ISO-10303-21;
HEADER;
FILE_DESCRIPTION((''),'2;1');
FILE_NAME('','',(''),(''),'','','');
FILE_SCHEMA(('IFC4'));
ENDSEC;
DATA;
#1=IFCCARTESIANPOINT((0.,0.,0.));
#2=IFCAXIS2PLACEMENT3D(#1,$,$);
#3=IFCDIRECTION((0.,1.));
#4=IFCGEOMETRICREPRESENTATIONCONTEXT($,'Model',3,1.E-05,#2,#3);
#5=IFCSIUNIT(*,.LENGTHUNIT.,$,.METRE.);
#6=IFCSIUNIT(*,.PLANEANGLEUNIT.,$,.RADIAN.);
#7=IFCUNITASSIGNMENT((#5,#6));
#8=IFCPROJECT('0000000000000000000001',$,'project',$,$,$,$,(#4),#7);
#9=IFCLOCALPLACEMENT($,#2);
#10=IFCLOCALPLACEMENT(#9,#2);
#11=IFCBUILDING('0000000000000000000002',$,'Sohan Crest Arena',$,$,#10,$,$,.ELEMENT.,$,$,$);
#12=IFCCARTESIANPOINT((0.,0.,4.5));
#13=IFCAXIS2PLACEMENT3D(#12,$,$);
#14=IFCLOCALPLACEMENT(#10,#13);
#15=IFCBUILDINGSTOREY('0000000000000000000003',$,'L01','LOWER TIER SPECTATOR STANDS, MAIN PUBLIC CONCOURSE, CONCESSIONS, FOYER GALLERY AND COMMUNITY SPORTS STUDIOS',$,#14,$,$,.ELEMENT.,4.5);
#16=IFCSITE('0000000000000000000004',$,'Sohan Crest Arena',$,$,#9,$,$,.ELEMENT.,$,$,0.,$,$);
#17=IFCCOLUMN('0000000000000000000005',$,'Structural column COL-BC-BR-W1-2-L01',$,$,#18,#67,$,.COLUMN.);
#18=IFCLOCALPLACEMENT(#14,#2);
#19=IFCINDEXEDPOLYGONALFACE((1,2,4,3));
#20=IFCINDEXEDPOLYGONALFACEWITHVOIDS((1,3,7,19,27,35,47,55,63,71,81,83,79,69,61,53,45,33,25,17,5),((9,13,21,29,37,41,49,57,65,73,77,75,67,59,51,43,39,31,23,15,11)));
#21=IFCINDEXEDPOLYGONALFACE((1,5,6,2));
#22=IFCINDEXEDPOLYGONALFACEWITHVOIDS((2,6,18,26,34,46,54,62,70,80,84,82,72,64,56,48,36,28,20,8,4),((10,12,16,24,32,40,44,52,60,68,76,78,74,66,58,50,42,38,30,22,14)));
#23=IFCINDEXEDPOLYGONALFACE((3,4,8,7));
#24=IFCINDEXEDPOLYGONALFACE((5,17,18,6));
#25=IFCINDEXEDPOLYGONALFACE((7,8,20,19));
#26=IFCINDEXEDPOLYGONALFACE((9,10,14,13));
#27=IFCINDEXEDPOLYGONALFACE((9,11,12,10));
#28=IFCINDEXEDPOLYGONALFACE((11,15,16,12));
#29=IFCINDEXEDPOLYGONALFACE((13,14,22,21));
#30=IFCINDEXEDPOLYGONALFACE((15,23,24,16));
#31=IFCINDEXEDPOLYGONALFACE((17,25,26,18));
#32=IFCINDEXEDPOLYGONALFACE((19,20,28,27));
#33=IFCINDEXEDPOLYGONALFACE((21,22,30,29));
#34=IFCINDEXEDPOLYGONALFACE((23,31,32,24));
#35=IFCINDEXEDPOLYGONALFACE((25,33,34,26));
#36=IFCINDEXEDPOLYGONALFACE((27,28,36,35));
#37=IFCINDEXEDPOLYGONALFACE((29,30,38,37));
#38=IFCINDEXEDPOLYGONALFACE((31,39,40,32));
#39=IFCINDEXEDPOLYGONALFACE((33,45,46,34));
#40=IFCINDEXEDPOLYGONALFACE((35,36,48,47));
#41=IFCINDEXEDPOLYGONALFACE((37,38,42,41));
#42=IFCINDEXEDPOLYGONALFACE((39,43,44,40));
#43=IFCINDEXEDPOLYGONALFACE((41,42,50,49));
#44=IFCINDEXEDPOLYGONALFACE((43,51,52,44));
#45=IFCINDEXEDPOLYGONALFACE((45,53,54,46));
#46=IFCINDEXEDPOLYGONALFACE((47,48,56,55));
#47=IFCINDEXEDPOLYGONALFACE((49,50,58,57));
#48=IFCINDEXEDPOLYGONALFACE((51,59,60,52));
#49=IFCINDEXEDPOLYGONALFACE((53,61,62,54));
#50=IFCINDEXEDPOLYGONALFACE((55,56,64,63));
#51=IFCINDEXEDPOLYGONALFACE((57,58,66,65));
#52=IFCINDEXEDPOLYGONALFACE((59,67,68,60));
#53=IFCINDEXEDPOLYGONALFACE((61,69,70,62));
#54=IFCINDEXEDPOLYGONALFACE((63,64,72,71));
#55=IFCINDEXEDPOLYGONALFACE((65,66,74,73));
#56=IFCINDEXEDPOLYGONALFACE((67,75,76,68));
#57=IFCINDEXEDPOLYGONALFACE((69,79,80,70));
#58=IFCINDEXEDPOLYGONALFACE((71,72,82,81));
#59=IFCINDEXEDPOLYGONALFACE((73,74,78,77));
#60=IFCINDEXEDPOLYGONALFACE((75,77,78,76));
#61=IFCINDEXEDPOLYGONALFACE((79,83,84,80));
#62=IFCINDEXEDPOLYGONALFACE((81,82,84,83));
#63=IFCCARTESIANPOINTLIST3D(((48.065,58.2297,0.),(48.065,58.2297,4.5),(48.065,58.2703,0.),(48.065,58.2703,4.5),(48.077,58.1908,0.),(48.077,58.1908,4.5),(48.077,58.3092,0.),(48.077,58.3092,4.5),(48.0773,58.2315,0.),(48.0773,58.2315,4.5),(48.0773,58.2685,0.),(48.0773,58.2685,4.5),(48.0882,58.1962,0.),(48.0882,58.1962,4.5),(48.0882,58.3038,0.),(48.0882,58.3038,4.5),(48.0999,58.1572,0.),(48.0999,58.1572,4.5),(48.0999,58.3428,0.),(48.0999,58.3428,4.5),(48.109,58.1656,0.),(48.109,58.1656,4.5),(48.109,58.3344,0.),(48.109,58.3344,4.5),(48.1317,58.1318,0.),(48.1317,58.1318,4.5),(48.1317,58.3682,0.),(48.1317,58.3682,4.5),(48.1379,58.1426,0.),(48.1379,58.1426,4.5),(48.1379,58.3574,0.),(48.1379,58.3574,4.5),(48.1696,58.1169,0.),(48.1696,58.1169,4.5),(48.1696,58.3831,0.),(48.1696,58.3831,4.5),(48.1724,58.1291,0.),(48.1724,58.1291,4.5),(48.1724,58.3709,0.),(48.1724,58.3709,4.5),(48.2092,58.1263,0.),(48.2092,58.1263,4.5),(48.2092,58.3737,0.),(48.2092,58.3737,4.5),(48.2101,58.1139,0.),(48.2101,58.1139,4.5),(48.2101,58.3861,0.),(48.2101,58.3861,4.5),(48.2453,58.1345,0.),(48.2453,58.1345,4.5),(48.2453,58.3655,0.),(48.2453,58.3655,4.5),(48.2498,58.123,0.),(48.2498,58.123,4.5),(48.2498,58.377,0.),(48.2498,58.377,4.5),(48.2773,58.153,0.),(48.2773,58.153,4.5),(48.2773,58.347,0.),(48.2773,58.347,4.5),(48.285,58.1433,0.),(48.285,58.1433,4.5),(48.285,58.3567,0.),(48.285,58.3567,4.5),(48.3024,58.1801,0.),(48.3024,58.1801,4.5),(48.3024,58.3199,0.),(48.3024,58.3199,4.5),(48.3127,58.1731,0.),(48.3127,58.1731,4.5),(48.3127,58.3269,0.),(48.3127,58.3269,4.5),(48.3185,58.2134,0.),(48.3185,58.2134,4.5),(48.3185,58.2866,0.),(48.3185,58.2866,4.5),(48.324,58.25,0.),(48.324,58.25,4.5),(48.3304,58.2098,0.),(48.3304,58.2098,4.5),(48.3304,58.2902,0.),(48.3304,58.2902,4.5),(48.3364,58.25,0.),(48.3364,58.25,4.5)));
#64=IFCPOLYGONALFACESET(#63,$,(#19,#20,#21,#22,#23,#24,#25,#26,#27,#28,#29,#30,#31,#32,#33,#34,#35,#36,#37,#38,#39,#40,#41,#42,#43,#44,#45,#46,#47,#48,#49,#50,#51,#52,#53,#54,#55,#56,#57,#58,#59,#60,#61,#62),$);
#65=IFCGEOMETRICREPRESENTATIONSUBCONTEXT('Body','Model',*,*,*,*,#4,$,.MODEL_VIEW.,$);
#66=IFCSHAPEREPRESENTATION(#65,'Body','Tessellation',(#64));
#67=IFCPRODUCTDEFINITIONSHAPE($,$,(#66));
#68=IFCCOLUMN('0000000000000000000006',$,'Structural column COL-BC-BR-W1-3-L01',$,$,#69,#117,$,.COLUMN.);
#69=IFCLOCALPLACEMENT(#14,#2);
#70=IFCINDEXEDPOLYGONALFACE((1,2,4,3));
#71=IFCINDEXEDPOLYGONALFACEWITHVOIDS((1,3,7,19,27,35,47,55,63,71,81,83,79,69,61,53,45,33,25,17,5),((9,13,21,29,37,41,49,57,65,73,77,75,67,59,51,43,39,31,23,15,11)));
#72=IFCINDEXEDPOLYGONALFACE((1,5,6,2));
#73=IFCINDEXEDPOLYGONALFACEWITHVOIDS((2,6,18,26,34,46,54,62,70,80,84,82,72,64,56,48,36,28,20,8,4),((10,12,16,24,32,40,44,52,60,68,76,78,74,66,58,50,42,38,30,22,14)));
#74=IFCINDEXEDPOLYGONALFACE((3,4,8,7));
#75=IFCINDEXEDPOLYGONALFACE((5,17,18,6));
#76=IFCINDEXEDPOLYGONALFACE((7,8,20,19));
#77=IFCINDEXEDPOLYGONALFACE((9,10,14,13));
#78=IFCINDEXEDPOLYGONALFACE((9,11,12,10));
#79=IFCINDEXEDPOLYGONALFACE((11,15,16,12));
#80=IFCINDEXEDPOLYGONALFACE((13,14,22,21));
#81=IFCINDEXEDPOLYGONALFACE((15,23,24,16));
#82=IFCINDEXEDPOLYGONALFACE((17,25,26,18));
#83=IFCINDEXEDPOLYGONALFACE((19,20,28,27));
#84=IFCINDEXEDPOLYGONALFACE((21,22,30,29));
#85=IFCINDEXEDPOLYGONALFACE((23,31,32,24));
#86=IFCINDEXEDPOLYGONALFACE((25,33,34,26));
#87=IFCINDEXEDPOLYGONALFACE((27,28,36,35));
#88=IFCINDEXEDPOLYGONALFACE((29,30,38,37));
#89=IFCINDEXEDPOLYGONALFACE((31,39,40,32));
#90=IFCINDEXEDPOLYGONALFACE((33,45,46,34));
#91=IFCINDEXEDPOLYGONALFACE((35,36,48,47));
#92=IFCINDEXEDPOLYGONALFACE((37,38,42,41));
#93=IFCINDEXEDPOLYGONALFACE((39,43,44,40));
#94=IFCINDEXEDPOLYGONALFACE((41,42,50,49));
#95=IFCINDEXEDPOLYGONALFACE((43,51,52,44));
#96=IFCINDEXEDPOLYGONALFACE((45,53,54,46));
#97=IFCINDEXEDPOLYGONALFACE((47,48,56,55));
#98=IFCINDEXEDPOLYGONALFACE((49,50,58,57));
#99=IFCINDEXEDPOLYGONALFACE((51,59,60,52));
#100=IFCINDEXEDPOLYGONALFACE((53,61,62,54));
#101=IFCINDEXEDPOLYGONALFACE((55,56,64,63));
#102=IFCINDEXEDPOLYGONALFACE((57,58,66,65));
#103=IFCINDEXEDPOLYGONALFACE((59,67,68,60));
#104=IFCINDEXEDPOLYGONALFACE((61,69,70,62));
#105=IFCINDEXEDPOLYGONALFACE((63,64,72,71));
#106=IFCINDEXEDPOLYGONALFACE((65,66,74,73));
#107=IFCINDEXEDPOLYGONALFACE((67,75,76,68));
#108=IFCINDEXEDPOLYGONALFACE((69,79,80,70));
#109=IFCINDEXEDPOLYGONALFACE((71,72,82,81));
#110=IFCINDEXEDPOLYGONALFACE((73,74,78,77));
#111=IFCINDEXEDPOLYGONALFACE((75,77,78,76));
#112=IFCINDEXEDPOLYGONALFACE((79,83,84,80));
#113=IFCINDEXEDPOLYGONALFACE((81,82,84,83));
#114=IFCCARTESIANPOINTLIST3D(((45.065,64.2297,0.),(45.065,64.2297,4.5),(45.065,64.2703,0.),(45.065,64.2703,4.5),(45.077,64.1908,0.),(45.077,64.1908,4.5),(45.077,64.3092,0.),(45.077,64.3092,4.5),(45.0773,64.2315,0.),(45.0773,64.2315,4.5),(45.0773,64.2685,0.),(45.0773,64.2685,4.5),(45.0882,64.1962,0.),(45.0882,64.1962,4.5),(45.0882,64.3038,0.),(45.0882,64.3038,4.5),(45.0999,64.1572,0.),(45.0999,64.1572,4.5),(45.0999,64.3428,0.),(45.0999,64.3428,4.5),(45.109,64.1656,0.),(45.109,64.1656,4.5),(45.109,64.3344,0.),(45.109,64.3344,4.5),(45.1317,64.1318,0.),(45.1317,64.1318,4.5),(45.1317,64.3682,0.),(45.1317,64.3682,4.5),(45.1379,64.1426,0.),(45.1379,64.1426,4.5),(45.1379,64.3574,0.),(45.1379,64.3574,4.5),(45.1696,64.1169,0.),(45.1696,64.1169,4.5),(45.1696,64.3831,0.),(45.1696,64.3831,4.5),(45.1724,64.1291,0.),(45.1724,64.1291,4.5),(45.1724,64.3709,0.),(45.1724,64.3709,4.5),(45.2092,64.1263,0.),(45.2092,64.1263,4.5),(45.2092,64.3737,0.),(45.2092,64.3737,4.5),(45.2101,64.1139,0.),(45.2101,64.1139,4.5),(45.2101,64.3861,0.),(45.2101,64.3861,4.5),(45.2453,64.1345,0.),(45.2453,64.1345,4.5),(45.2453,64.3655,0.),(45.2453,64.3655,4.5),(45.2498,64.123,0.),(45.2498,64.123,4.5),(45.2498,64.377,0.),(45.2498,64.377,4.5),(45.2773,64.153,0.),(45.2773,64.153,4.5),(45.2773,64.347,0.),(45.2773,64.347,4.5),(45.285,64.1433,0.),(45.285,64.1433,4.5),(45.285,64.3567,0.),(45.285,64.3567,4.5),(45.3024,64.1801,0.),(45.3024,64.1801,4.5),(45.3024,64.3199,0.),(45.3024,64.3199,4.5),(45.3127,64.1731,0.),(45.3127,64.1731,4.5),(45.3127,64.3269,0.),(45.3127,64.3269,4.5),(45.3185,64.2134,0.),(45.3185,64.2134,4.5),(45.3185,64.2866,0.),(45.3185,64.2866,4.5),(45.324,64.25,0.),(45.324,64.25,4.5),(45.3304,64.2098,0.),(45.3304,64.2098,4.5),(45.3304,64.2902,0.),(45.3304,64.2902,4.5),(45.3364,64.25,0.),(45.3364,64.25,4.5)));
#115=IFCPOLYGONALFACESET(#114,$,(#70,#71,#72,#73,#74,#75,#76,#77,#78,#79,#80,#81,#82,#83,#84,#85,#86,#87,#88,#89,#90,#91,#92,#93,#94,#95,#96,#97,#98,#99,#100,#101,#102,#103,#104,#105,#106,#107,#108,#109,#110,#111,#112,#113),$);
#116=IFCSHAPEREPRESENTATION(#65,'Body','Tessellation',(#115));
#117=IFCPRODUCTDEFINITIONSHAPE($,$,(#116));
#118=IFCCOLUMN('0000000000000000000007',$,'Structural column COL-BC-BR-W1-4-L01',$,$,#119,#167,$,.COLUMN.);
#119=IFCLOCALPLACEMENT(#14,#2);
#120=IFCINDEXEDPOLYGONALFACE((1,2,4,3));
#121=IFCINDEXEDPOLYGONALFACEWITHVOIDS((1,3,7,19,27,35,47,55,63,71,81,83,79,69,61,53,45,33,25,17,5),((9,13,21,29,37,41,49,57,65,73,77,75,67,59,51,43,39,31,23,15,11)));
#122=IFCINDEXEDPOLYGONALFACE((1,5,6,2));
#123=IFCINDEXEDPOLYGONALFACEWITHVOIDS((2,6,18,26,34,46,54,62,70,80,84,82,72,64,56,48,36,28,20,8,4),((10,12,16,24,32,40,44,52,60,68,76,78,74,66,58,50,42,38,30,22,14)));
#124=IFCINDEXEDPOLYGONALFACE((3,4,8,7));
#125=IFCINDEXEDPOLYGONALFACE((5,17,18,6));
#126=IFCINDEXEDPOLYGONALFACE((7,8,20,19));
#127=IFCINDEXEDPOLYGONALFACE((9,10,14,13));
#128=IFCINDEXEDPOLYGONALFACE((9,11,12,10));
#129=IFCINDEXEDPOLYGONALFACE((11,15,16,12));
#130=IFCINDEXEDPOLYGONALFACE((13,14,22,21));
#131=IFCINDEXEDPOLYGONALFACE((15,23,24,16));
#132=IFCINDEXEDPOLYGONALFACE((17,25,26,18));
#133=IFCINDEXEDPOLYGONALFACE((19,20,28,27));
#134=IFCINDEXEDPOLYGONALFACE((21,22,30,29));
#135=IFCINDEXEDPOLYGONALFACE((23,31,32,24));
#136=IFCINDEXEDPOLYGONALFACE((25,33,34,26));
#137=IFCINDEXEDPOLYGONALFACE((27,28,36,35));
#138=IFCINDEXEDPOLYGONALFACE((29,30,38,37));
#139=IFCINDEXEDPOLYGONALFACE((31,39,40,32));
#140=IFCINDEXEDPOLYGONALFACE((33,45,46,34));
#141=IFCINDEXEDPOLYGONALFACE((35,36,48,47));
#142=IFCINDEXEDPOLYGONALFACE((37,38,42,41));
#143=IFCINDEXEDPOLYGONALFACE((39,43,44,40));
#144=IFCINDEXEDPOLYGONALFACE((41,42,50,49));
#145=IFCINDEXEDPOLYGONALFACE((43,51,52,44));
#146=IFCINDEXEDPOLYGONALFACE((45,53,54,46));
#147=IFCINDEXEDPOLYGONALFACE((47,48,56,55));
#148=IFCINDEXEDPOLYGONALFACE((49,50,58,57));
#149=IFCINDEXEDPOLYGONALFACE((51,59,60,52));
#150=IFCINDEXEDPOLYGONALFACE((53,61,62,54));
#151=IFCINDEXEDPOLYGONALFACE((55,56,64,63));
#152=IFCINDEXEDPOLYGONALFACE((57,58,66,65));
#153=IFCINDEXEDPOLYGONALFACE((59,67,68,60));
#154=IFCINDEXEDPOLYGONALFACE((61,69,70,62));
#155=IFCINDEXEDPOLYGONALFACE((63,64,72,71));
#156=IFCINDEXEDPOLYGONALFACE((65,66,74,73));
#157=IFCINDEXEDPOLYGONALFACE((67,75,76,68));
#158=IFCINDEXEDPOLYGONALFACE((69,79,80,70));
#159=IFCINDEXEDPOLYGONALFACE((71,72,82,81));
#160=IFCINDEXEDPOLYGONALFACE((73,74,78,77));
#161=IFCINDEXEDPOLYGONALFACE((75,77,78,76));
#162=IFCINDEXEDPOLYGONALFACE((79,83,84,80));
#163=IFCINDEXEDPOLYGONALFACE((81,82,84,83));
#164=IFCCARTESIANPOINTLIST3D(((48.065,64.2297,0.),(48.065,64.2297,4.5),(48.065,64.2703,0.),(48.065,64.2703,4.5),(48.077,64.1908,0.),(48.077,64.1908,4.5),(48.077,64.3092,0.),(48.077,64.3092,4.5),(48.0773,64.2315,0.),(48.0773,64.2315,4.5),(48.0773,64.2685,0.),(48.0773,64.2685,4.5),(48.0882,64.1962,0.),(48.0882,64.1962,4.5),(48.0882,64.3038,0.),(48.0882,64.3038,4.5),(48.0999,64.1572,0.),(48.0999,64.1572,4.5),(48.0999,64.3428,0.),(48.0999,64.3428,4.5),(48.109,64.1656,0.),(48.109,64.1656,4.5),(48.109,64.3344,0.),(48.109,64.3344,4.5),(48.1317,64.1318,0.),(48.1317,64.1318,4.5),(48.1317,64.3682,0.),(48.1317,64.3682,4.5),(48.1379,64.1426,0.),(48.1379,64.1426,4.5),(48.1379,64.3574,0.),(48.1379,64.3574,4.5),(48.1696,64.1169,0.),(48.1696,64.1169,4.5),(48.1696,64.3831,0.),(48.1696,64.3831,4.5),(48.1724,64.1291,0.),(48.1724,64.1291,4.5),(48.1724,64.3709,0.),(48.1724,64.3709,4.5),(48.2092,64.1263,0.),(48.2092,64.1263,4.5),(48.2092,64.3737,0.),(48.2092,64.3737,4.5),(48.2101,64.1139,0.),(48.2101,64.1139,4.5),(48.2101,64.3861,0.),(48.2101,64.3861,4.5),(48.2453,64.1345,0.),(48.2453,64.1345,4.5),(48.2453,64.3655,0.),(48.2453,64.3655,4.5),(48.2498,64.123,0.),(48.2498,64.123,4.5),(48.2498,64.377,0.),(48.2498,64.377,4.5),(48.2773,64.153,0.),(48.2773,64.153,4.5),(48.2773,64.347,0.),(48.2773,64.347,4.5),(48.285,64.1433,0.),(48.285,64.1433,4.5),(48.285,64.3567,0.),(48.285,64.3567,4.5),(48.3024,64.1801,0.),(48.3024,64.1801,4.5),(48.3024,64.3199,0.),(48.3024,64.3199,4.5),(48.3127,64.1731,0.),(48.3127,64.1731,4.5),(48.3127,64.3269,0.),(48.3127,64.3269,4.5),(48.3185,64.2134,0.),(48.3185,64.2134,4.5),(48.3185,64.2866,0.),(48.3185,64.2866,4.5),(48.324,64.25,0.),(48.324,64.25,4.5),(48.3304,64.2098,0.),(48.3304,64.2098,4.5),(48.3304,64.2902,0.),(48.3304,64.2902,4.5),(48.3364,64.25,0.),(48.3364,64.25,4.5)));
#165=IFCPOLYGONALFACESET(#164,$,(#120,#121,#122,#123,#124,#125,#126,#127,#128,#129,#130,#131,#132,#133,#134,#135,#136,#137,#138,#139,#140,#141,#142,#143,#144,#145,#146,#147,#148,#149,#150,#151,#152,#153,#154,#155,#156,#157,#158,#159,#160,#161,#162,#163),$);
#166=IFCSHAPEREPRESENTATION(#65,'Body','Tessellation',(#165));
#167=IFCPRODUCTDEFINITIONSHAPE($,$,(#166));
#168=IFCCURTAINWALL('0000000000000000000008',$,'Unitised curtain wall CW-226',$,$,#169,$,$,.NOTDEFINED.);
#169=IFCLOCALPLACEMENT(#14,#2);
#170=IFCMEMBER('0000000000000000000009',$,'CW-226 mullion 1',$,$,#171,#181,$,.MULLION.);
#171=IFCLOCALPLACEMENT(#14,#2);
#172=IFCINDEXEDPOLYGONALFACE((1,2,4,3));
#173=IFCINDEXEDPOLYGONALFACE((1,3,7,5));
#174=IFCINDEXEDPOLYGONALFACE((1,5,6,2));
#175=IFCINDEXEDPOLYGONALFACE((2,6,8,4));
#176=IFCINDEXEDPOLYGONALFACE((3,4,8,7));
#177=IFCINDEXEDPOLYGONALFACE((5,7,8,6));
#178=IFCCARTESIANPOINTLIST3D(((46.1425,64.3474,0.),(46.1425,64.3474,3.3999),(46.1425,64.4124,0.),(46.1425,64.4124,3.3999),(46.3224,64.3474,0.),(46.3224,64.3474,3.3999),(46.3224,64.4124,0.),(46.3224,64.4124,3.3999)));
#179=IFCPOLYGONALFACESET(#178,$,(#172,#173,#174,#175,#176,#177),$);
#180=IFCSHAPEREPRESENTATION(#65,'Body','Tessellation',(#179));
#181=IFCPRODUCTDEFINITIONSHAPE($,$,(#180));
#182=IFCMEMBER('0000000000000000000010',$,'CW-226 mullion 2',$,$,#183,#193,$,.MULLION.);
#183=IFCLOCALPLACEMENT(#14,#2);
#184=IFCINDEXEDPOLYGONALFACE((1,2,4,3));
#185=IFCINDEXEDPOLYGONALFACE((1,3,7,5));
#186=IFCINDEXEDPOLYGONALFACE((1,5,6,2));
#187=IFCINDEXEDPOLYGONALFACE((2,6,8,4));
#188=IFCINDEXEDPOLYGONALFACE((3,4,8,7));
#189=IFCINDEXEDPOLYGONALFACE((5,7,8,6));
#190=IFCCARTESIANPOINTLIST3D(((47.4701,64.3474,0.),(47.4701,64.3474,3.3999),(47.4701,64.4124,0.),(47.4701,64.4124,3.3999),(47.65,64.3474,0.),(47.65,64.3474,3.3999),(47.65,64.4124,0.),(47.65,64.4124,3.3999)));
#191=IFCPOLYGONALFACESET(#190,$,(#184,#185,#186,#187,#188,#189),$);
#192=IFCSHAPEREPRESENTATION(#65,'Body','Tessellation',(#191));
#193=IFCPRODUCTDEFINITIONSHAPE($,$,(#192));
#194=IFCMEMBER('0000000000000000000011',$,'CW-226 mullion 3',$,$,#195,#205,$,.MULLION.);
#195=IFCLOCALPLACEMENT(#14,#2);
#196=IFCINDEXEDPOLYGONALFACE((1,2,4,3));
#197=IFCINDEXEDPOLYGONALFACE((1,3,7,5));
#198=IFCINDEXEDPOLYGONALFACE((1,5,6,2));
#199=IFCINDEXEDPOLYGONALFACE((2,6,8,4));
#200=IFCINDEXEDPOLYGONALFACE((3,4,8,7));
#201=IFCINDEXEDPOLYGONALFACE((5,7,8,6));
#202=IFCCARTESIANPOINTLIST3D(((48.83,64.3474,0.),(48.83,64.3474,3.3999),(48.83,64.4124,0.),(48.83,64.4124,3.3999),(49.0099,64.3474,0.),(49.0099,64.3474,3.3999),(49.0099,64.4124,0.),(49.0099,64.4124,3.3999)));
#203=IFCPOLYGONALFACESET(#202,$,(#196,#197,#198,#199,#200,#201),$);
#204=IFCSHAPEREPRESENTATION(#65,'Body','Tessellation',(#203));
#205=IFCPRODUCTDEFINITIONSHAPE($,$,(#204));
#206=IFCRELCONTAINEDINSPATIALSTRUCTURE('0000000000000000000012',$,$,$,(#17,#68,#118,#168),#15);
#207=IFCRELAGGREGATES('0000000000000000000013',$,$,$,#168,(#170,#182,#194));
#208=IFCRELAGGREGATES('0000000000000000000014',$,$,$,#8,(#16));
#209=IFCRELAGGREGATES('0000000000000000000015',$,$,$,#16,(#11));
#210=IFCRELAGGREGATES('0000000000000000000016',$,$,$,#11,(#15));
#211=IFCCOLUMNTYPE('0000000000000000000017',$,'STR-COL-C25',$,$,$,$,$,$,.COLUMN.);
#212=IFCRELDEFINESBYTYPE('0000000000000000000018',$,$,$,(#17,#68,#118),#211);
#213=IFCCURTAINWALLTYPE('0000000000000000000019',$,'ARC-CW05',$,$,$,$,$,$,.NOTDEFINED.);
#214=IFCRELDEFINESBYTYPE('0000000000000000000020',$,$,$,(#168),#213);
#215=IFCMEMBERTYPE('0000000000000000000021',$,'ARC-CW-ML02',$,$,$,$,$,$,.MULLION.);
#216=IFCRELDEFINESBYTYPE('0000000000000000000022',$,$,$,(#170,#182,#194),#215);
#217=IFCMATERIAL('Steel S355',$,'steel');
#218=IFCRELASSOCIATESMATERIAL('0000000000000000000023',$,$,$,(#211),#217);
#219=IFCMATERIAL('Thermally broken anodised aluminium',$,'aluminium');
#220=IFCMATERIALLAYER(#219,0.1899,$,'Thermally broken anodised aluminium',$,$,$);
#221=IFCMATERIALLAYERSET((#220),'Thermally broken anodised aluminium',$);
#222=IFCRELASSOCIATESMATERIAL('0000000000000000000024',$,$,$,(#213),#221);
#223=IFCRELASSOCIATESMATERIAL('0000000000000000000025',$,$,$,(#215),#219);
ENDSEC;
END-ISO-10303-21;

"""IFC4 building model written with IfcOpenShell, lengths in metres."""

from ifc_helpers import new_model, si_unit, direction, frame, origin, origin_2d, place, context, subcontext, project, spatial, rectangle, hollow_circle, extrude, material, layer, layer_set, material_profile, profile_set, type_object, element, aggregate, save


model = new_model("IFC4")

# Units and contexts
model_context = context("Model", 3, precision=1e-05, world=origin(), true_north=direction((0.0, 1.0)))
body_context = subcontext(model_context, "Body", "Model", "MODEL_VIEW")
ifc_project = project(units=[si_unit("LENGTHUNIT", "METRE"), si_unit("PLANEANGLEUNIT", "RADIAN")], contexts=[model_context])

# Site, building, storey
site_placement = place(None, origin())
site = spatial("IfcSite", under=ifc_project, at=site_placement, Name="Sohan Crest Arena", CompositionType="ELEMENT", RefElevation=0.0)
building_placement = place(site_placement, origin())
building = spatial("IfcBuilding", under=site, at=building_placement, Name="Sohan Crest Arena", CompositionType="ELEMENT")
storey_placement = place(building_placement, frame((0.0, 0.0, 4.5)))
storey = spatial("IfcBuildingStorey", under=building, at=storey_placement, Name="L01", Description="LOWER TIER SPECTATOR STANDS, MAIN PUBLIC CONCOURSE, CONCESSIONS, FOYER GALLERY AND COMMUNITY SPORTS STUDIOS", CompositionType="ELEMENT", Elevation=4.5)

# Columns
ifc_material_1 = material(Name="Steel S355", Category="steel")
ifc_material_profile_1 = material_profile(ifc_material_1, hollow_circle(Radius=0.1365, WallThickness=0.0125, at=origin_2d()), Name="CHS 273x12.5")
ifc_profile_set_1 = profile_set([ifc_material_profile_1], Name="Steel S355")
column_type = type_object("IfcColumnType", Name="STR-COL-C25", PredefinedType="COLUMN", material=ifc_profile_set_1)
for number, where, z_axis, x_axis, name in (
    (1, (48.2, 58.25, 0.0), (0.0, 0.0, 1.0), (1.0, 0.0, 0.0), "Structural column COL-BC-BR-W1-2-L01"),
    (2, (45.2, 64.25, 0.0), (0.0, 0.0, 1.0), (1.0, 0.0, 0.0), "Structural column COL-BC-BR-W1-3-L01"),
    (3, (48.2, 64.25, 0.0), (0.0, 0.0, 1.0), (1.0, 0.0, 0.0), "Structural column COL-BC-BR-W1-4-L01"),
):
    element("IfcColumn", number, at=place(storey_placement, frame(where, z_axis=z_axis, x_axis=x_axis)), inside=storey, type_object=column_type, Name=name, PredefinedType="COLUMN", context=body_context, shape_type="SweptSolid", body=[
        extrude(hollow_circle(Radius=0.1365, WallThickness=0.0125, at=origin_2d()), origin(), (0.0, 0.0, 1.0), 4.5),
    ])

# Curtain wall, members
ifc_material_2 = material(Name="Thermally broken anodised aluminium", Category="aluminium")
ifc_layer_1 = layer(ifc_material_2, 0.1899, Name="Thermally broken anodised aluminium")
ifc_layer_set_1 = layer_set([ifc_layer_1], Name="Thermally broken anodised aluminium")
curtain_wall_type = type_object("IfcCurtainWallType", Name="ARC-CW05", PredefinedType="NOTDEFINED", material=ifc_layer_set_1)
curtain_wall_placement = place(storey_placement, origin())
curtain_wall = element("IfcCurtainWall", 4, at=curtain_wall_placement, inside=storey, type_object=curtain_wall_type, Name="Unitised curtain wall CW-226", PredefinedType="NOTDEFINED")
ifc_material_profile_2 = material_profile(ifc_material_2, rectangle(XDim=0.0649, YDim=0.1799, at=origin_2d()), Name="ALU-MULL 65x180")
ifc_profile_set_2 = profile_set([ifc_material_profile_2], Name="Thermally broken anodised aluminium")
member_type_1 = type_object("IfcMemberType", Name="ARC-CW-ML02", PredefinedType="MULLION", material=ifc_profile_set_2)
member_1_placement = place(storey_placement, frame((46.2324, 64.3799, 0.0), z_axis=(0.0, 0.0, 1.0), x_axis=(0.0, 1.0, 0.0)))
member_1 = element("IfcMember", 5, at=member_1_placement, type_object=member_type_1, Name="CW-226 mullion 1", PredefinedType="MULLION", context=body_context, shape_type="SweptSolid", body=[
    extrude(rectangle(XDim=0.0649, YDim=0.1799, at=origin_2d()), origin(), (0.0, 0.0, 1.0), 3.3999),
])
member_2_placement = place(storey_placement, frame((47.5601, 64.3799, 0.0), z_axis=(0.0, 0.0, 1.0), x_axis=(0.0, 1.0, 0.0)))
member_2 = element("IfcMember", 6, at=member_2_placement, type_object=member_type_1, Name="CW-226 mullion 2", PredefinedType="MULLION", context=body_context, shape_type="SweptSolid", body=[
    extrude(rectangle(XDim=0.0649, YDim=0.1799, at=origin_2d()), origin(), (0.0, 0.0, 1.0), 3.3999),
])
member_3_placement = place(storey_placement, frame((48.9199, 64.3799, 0.0), z_axis=(0.0, 0.0, 1.0), x_axis=(0.0, 1.0, 0.0)))
member_3 = element("IfcMember", 7, at=member_3_placement, type_object=member_type_1, Name="CW-226 mullion 3", PredefinedType="MULLION", context=body_context, shape_type="SweptSolid", body=[
    extrude(rectangle(XDim=0.0649, YDim=0.1799, at=origin_2d()), origin(), (0.0, 0.0, 1.0), 3.3999),
])

aggregate(curtain_wall, [member_1, member_2, member_3])

save(model, "model.ifc")
